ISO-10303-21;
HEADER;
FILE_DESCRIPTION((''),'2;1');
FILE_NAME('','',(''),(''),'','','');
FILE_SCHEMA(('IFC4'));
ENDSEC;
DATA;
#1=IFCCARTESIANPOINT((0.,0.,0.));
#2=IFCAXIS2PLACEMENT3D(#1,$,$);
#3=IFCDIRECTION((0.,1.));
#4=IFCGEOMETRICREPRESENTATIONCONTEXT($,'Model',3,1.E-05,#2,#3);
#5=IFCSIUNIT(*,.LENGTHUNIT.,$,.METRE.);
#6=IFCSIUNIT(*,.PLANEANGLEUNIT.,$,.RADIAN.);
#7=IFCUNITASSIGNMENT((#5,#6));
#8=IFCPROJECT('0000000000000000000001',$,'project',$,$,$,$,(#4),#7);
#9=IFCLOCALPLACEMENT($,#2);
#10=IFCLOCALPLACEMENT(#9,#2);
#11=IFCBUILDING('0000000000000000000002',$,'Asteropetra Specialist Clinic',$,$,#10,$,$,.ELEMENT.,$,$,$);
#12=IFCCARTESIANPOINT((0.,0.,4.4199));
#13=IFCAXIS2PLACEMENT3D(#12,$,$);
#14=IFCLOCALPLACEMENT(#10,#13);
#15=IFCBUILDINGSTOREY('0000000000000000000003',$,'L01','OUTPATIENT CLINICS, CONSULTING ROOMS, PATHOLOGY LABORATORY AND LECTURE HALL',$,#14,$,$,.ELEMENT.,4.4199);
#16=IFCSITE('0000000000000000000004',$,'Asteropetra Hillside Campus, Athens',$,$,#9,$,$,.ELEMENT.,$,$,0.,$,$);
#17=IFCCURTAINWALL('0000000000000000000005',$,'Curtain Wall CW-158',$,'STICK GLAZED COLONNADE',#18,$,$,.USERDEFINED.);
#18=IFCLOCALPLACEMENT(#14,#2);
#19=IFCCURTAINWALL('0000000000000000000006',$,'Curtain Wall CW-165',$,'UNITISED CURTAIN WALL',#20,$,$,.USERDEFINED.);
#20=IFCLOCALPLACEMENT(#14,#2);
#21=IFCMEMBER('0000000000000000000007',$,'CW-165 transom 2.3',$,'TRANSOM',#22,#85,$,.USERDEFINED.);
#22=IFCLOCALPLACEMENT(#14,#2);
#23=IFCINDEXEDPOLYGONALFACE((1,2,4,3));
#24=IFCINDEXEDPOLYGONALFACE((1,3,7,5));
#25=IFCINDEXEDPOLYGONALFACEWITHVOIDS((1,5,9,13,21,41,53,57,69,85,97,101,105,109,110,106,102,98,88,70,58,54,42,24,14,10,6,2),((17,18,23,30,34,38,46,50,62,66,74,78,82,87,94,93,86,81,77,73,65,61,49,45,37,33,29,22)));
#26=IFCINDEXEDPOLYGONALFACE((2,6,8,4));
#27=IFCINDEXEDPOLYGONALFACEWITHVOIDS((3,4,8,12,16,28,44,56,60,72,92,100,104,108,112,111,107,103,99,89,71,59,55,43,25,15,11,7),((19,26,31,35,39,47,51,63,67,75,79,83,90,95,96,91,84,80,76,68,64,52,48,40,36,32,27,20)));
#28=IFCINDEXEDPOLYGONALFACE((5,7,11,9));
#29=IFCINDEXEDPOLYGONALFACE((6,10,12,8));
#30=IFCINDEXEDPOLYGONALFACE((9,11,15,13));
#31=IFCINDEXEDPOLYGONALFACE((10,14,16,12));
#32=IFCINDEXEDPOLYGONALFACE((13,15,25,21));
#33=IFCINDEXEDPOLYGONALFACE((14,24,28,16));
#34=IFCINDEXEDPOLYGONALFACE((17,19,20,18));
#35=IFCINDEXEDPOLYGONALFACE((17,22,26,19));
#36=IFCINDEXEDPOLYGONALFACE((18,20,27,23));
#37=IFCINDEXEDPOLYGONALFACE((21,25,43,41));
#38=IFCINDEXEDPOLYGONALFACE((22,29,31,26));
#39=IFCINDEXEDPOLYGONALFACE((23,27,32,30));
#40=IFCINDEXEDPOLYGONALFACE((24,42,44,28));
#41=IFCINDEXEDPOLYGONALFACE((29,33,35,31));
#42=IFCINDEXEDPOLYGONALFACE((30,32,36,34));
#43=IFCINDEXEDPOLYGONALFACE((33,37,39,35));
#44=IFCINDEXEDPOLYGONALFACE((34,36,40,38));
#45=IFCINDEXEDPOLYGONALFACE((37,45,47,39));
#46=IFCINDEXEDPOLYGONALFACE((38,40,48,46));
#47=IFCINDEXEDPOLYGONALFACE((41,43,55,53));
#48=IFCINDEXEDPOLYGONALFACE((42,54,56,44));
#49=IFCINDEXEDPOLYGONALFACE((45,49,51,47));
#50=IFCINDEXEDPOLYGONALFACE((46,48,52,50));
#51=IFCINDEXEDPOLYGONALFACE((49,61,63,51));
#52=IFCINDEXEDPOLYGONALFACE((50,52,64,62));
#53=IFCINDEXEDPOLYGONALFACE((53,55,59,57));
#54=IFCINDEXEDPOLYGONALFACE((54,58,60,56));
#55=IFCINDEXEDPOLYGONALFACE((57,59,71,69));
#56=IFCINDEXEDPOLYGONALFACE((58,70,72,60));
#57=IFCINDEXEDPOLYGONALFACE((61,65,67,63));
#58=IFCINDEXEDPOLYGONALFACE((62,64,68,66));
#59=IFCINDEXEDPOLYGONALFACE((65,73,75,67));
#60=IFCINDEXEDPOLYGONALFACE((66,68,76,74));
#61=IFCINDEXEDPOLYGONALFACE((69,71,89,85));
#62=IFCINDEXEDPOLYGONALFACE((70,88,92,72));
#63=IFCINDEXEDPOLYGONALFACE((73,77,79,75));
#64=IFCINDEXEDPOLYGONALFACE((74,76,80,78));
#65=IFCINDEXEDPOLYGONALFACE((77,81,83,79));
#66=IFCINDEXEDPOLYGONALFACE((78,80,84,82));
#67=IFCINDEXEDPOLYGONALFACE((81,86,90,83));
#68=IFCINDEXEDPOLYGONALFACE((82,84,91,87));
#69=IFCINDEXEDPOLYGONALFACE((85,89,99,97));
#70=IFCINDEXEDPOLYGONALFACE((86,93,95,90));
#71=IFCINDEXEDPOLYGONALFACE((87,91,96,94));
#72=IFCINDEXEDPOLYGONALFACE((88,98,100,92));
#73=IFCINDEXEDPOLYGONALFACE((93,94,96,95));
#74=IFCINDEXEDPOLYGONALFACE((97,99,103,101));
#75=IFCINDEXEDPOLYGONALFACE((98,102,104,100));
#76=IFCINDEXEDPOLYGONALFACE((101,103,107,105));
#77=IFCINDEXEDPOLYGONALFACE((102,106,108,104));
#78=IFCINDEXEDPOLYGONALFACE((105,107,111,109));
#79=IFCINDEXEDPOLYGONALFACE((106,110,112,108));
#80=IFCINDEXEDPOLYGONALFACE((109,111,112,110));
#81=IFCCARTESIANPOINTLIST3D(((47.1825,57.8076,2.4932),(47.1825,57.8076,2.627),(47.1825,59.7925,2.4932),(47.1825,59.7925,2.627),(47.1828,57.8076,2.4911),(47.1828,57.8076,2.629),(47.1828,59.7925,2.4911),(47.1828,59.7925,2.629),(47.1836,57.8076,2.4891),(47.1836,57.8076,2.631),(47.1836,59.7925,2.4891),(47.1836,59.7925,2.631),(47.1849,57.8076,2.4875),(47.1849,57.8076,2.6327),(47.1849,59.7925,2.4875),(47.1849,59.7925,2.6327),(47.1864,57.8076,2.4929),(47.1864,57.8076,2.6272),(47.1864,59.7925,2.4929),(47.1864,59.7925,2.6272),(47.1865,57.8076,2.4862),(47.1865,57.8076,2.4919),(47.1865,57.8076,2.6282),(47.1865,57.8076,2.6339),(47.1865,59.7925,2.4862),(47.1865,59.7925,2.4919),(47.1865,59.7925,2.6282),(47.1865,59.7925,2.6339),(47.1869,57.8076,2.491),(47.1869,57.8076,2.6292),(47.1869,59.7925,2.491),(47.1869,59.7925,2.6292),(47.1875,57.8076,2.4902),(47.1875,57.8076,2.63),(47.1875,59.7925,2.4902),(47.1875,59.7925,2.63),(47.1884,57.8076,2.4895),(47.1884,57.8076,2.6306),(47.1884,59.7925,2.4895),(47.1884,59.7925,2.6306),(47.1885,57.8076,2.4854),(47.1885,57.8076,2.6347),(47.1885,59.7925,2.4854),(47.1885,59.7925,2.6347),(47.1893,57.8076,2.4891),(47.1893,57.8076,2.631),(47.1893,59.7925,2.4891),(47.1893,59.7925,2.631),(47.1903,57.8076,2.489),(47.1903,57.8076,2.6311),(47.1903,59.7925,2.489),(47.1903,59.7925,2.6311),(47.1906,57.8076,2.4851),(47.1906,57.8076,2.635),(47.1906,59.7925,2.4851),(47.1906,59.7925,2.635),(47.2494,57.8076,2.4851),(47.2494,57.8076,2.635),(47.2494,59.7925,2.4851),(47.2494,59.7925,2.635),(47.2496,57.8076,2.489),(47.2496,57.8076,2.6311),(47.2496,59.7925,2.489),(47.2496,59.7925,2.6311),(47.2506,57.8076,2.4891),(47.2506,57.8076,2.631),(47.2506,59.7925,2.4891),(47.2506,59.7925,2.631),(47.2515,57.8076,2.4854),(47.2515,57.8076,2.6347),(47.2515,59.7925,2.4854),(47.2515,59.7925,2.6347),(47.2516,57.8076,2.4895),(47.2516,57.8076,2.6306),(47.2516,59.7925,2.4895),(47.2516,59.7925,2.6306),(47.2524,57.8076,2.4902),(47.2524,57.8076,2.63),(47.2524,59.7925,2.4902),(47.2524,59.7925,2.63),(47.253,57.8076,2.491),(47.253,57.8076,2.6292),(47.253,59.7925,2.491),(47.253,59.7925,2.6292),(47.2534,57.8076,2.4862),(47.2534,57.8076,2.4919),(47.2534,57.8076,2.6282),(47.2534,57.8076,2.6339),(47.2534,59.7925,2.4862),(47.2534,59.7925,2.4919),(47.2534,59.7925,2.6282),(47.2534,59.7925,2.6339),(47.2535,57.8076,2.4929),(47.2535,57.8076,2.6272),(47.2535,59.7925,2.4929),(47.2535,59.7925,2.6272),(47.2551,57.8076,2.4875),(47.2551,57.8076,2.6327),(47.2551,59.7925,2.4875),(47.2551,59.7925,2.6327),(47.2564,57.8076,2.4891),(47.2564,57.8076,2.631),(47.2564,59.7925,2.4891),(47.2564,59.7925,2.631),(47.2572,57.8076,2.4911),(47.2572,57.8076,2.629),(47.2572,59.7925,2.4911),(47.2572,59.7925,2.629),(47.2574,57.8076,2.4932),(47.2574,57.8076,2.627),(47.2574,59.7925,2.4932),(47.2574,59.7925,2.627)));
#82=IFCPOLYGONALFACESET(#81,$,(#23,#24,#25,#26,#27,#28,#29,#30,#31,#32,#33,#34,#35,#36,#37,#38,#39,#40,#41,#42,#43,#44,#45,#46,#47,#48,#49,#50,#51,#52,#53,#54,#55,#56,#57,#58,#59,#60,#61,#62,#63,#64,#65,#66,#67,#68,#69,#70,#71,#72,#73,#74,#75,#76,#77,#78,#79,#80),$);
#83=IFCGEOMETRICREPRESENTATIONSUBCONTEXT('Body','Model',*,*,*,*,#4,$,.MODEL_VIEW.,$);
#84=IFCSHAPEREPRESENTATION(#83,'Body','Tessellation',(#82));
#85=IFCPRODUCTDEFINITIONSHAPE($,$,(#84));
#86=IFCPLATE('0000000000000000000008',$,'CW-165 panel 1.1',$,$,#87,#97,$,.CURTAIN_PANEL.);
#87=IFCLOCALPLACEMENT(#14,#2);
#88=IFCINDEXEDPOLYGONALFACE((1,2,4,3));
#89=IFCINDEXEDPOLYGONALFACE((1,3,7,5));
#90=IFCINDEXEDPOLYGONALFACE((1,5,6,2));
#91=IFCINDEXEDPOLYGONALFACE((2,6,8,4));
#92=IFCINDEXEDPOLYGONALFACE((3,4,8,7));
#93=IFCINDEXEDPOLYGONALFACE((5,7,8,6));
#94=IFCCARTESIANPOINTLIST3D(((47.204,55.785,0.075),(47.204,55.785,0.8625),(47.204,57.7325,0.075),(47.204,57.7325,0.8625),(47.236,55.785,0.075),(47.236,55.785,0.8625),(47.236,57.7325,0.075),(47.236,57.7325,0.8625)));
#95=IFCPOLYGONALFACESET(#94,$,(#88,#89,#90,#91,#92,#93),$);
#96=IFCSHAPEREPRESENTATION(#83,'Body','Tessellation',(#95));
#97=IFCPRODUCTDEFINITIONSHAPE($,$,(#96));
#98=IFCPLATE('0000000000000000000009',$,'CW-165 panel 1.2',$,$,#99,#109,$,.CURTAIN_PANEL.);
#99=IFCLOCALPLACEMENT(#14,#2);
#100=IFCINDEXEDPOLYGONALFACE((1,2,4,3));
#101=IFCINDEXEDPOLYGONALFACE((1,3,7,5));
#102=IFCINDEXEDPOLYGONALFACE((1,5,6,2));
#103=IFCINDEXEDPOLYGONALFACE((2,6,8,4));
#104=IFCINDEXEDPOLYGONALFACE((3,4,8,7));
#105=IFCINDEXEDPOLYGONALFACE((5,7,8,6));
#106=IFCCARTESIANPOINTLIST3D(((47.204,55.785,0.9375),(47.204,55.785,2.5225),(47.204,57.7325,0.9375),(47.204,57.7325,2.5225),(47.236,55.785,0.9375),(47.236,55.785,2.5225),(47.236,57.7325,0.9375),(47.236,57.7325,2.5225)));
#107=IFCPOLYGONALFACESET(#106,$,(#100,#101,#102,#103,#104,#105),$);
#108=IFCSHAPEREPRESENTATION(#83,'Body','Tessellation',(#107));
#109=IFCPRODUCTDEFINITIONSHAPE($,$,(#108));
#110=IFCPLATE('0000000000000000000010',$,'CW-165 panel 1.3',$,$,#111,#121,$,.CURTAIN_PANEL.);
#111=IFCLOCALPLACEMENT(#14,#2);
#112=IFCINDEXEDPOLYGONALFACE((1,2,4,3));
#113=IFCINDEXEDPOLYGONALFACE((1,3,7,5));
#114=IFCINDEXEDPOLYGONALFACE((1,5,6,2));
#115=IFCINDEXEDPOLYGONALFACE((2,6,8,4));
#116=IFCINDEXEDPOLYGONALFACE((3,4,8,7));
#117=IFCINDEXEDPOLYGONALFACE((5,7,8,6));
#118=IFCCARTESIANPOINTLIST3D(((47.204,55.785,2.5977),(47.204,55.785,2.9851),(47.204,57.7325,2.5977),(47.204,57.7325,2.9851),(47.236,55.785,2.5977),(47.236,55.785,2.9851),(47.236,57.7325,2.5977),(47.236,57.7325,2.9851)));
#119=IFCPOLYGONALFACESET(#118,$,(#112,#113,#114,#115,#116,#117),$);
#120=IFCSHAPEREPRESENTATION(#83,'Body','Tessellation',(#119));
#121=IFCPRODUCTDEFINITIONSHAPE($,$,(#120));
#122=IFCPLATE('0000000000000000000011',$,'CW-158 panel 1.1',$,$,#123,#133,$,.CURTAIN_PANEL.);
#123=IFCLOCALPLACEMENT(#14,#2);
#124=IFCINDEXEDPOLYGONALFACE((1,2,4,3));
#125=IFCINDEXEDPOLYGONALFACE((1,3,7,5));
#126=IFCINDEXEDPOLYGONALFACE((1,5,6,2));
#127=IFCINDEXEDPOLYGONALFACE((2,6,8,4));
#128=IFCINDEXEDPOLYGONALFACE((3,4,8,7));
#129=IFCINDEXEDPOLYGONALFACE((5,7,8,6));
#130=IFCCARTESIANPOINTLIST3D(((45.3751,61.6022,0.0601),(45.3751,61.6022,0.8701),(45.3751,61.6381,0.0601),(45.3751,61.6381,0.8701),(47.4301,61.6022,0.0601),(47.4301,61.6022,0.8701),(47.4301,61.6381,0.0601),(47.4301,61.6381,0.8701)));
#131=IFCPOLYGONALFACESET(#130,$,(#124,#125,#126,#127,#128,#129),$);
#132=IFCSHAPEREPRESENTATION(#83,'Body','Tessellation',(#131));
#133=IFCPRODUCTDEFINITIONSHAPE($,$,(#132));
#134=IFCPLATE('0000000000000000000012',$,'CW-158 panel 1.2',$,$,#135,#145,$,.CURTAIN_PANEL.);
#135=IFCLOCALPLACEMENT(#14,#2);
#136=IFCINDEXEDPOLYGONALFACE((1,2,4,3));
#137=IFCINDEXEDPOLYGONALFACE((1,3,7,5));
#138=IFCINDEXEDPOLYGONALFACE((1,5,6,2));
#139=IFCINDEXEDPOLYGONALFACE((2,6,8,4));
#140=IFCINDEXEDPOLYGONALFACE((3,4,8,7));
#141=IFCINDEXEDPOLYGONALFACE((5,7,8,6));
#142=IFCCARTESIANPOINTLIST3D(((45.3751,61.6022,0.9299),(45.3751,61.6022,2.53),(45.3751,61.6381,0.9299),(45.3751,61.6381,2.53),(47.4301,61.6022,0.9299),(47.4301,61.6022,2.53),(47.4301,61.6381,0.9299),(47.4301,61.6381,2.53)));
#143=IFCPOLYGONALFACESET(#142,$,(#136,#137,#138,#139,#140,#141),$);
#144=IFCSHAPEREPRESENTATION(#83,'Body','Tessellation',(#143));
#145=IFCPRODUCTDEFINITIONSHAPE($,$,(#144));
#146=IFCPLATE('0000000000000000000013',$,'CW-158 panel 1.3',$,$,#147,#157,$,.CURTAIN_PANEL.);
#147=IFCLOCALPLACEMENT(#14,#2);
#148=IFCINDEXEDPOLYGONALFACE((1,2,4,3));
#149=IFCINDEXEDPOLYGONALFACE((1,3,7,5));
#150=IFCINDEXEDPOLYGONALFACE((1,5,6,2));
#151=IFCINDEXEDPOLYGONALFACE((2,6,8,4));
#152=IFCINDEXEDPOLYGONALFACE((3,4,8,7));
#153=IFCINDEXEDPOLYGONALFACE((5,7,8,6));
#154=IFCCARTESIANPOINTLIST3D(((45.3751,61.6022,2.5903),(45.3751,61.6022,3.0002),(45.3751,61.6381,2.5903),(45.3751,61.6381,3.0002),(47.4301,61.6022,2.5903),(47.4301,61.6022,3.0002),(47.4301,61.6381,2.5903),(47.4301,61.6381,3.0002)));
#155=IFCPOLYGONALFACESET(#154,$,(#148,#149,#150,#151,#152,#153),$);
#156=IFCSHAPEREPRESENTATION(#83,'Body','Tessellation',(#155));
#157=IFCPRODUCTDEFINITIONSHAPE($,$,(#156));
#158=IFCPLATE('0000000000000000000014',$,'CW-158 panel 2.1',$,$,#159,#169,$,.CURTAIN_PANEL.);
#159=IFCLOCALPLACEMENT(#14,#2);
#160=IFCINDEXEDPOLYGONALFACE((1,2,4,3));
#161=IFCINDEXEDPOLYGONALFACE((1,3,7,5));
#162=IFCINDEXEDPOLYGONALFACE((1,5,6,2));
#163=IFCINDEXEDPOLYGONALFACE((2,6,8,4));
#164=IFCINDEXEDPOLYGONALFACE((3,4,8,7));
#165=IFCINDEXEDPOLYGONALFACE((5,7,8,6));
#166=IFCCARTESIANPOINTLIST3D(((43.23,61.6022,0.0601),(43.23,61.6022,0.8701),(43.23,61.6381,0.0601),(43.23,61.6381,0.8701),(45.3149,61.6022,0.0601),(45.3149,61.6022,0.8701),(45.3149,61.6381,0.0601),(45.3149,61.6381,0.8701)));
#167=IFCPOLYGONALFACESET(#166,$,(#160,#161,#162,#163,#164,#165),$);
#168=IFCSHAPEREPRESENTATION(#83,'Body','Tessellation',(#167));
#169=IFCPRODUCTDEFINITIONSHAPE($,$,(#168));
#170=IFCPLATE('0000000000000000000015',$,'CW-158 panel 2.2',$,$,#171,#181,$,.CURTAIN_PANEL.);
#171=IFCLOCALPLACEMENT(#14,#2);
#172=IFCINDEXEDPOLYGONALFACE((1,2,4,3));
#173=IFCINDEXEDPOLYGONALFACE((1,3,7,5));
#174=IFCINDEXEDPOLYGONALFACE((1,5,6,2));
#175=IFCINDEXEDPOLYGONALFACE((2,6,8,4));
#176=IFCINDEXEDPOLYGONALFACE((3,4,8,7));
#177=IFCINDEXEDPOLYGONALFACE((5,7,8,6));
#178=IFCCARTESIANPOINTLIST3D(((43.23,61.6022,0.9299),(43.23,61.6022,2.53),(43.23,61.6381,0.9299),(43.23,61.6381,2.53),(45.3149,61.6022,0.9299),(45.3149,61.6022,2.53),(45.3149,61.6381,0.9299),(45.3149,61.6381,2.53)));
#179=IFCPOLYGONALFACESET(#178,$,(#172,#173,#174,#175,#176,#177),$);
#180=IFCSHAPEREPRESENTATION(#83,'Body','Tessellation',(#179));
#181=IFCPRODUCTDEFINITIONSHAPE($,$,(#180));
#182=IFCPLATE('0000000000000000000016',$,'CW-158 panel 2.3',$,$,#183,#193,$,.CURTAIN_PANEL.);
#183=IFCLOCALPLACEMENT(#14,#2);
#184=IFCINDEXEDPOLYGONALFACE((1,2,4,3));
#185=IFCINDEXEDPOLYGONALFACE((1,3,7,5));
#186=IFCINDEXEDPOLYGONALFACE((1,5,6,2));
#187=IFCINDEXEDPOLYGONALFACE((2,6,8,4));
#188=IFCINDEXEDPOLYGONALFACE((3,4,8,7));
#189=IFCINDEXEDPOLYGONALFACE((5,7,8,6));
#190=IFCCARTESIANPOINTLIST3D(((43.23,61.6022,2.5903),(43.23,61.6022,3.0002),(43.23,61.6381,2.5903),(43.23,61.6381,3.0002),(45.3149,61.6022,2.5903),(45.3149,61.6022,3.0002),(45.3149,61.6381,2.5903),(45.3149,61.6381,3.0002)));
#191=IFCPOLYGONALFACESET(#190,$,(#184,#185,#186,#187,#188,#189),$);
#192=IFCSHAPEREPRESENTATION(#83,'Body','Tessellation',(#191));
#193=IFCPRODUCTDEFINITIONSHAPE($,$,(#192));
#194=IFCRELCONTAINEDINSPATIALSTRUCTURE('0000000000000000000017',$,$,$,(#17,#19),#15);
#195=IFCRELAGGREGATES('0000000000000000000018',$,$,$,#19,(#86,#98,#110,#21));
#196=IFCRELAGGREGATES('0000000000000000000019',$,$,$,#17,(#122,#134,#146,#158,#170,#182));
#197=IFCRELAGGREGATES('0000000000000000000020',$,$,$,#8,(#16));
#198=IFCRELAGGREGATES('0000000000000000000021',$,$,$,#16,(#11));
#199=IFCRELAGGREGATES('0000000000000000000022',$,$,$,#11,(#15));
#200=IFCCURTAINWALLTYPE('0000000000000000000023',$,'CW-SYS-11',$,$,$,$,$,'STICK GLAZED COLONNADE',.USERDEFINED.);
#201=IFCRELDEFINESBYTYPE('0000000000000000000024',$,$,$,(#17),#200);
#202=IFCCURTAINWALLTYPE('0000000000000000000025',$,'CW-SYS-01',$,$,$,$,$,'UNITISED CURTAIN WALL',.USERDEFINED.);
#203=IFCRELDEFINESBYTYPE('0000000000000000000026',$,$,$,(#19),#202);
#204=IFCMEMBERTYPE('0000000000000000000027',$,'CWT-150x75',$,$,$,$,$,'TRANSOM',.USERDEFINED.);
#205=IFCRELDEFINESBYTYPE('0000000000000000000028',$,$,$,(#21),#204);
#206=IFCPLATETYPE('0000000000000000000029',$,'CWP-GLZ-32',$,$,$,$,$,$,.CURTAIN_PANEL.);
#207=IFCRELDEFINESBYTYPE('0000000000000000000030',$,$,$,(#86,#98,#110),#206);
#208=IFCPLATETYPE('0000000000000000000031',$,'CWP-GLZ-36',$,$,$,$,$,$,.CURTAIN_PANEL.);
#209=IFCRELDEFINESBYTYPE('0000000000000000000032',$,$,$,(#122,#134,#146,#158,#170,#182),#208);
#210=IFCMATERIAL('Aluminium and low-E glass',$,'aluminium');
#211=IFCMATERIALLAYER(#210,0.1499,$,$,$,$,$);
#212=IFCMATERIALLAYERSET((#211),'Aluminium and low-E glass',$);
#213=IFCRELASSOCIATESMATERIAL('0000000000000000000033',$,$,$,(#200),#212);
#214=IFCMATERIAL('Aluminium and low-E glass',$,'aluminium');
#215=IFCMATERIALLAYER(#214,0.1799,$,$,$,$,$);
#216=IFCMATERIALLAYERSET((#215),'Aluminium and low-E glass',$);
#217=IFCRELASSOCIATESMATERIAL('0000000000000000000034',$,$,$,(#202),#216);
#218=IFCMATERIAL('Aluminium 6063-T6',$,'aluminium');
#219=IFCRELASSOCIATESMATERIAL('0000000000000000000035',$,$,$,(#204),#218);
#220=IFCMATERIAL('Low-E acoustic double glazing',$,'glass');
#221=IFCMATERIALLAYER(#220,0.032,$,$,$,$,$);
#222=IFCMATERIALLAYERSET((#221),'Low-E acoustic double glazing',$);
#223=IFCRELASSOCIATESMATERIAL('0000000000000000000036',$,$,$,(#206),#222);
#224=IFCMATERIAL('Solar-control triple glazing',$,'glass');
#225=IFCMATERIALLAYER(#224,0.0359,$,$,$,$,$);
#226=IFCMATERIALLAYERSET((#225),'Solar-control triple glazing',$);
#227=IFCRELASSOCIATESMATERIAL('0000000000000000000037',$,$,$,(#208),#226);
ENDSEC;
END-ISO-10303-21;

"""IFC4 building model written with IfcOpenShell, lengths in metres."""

from ifc_helpers import new_model, si_unit, direction, frame, origin, origin_2d, place, context, subcontext, project, spatial, rectangle, hollow_rectangle, extrude, material, layer, layer_set, material_profile, profile_set, type_object, element, aggregate, save


model = new_model("IFC4")

# Units and contexts
model_context = context("Model", 3, precision=1e-05, world=origin(), true_north=direction((0.0, 1.0)))
body_context = subcontext(model_context, "Body", "Model", "MODEL_VIEW")
ifc_project = project(units=[si_unit("LENGTHUNIT", "METRE"), si_unit("PLANEANGLEUNIT", "RADIAN")], contexts=[model_context])

# Site, building, storey
site_placement = place(None, origin())
site = spatial("IfcSite", under=ifc_project, at=site_placement, Name="Asteropetra Hillside Campus, Athens", CompositionType="ELEMENT", RefElevation=0.0)
building_placement = place(site_placement, origin())
building = spatial("IfcBuilding", under=site, at=building_placement, Name="Asteropetra Specialist Clinic", CompositionType="ELEMENT")
storey_placement = place(building_placement, frame((0.0, 0.0, 4.4199)))
storey = spatial("IfcBuildingStorey", under=building, at=storey_placement, Name="L01", Description="OUTPATIENT CLINICS, CONSULTING ROOMS, PATHOLOGY LABORATORY AND LECTURE HALL", CompositionType="ELEMENT", Elevation=4.4199)

# Curtain walls
ifc_material_1 = material(Name="Aluminium and low-E glass", Category="aluminium")
ifc_layer_1 = layer(ifc_material_1, 0.1499)
ifc_layer_set_1 = layer_set([ifc_layer_1], Name="Aluminium and low-E glass")
curtain_wall_type_1 = type_object("IfcCurtainWallType", Name="CW-SYS-11", ElementType="STICK GLAZED COLONNADE", PredefinedType="USERDEFINED", material=ifc_layer_set_1)
curtain_wall_1_placement = place(storey_placement, origin())
curtain_wall_1 = element("IfcCurtainWall", 1, at=curtain_wall_1_placement, inside=storey, type_object=curtain_wall_type_1, Name="Curtain Wall CW-158", ObjectType="STICK GLAZED COLONNADE", PredefinedType="USERDEFINED")
ifc_material_2 = material(Name="Aluminium and low-E glass", Category="aluminium")
ifc_layer_2 = layer(ifc_material_2, 0.1799)
ifc_layer_set_2 = layer_set([ifc_layer_2], Name="Aluminium and low-E glass")
curtain_wall_type_2 = type_object("IfcCurtainWallType", Name="CW-SYS-01", ElementType="UNITISED CURTAIN WALL", PredefinedType="USERDEFINED", material=ifc_layer_set_2)
curtain_wall_2_placement = place(storey_placement, origin())
curtain_wall_2 = element("IfcCurtainWall", 2, at=curtain_wall_2_placement, inside=storey, type_object=curtain_wall_type_2, Name="Curtain Wall CW-165", ObjectType="UNITISED CURTAIN WALL", PredefinedType="USERDEFINED")

# Member
ifc_material_3 = material(Name="Aluminium 6063-T6", Category="aluminium")
ifc_material_profile_1 = material_profile(ifc_material_3, hollow_rectangle(XDim=0.075, YDim=0.1499, WallThickness=0.0039, InnerFilletRadius=0.0039, OuterFilletRadius=0.0081, at=origin_2d()), Name="TRN 150x75x4.0")
ifc_profile_set_1 = profile_set([ifc_material_profile_1], Name="Aluminium 6063-T6")
member_type_1 = type_object("IfcMemberType", Name="CWT-150x75", ElementType="TRANSOM", PredefinedType="USERDEFINED", material=ifc_profile_set_1)
member_1_placement = place(storey_placement, frame((47.22, 57.8076, 2.5601), z_axis=(0.0, 1.0, 0.0), x_axis=(-1.0, 0.0, 0.0)))
member_1 = element("IfcMember", 3, at=member_1_placement, type_object=member_type_1, Name="CW-165 transom 2.3", ObjectType="TRANSOM", PredefinedType="USERDEFINED", context=body_context, shape_type="SweptSolid", body=[
    extrude(hollow_rectangle(XDim=0.075, YDim=0.1499, WallThickness=0.0039, InnerFilletRadius=0.0039, OuterFilletRadius=0.0081, at=origin_2d()), origin(), (0.0, 0.0, 1.0), 1.9849),
])

# Plates
ifc_material_4 = material(Name="Low-E acoustic double glazing", Category="glass")
ifc_layer_3 = layer(ifc_material_4, 0.032)
ifc_layer_set_3 = layer_set([ifc_layer_3], Name="Low-E acoustic double glazing")
plate_type_1 = type_object("IfcPlateType", Name="CWP-GLZ-32", PredefinedType="CURTAIN_PANEL", material=ifc_layer_set_3)
plate_1_placement = place(storey_placement, frame((47.22, 56.7588, 0.075), z_axis=(0.0, 0.0, 1.0), x_axis=(0.0, 1.0, 0.0)))
plate_1 = element("IfcPlate", 4, at=plate_1_placement, type_object=plate_type_1, Name="CW-165 panel 1.1", PredefinedType="CURTAIN_PANEL", context=body_context, shape_type="SweptSolid", body=[
    extrude(rectangle(XDim=1.9475, YDim=0.032, at=origin_2d()), origin(), (0.0, 0.0, 1.0), 0.7876),
])
plate_2_placement = place(storey_placement, frame((47.22, 56.7588, 0.9375), z_axis=(0.0, 0.0, 1.0), x_axis=(0.0, 1.0, 0.0)))
plate_2 = element("IfcPlate", 5, at=plate_2_placement, type_object=plate_type_1, Name="CW-165 panel 1.2", PredefinedType="CURTAIN_PANEL", context=body_context, shape_type="SweptSolid", body=[
    extrude(rectangle(XDim=1.9475, YDim=0.032, at=origin_2d()), origin(), (0.0, 0.0, 1.0), 1.585),
])
plate_3_placement = place(storey_placement, frame((47.22, 56.7588, 2.5977), z_axis=(0.0, 0.0, 1.0), x_axis=(0.0, 1.0, 0.0)))
plate_3 = element("IfcPlate", 6, at=plate_3_placement, type_object=plate_type_1, Name="CW-165 panel 1.3", PredefinedType="CURTAIN_PANEL", context=body_context, shape_type="SweptSolid", body=[
    extrude(rectangle(XDim=1.9475, YDim=0.032, at=origin_2d()), origin(), (0.0, 0.0, 1.0), 0.3875),
])
aggregate(curtain_wall_2, [plate_1, plate_2, plate_3, member_1])
ifc_material_5 = material(Name="Solar-control triple glazing", Category="glass")
ifc_layer_4 = layer(ifc_material_5, 0.0359)
ifc_layer_set_4 = layer_set([ifc_layer_4], Name="Solar-control triple glazing")
plate_type_2 = type_object("IfcPlateType", Name="CWP-GLZ-36", PredefinedType="CURTAIN_PANEL", material=ifc_layer_set_4)
plate_4_placement = place(storey_placement, frame((46.4026, 61.6201, 0.0601), z_axis=(0.0, 0.0, 1.0), x_axis=(-1.0, 0.0, 0.0)))
plate_4 = element("IfcPlate", 7, at=plate_4_placement, type_object=plate_type_2, Name="CW-158 panel 1.1", PredefinedType="CURTAIN_PANEL", context=body_context, shape_type="SweptSolid", body=[
    extrude(rectangle(XDim=2.0549, YDim=0.0359, at=origin_2d()), origin(), (0.0, 0.0, 1.0), 0.8101),
])
plate_5_placement = place(storey_placement, frame((46.4026, 61.6201, 0.9299), z_axis=(0.0, 0.0, 1.0), x_axis=(-1.0, 0.0, 0.0)))
plate_5 = element("IfcPlate", 8, at=plate_5_placement, type_object=plate_type_2, Name="CW-158 panel 1.2", PredefinedType="CURTAIN_PANEL", context=body_context, shape_type="SweptSolid", body=[
    extrude(rectangle(XDim=2.0549, YDim=0.0359, at=origin_2d()), origin(), (0.0, 0.0, 1.0), 1.6001),
])
plate_6_placement = place(storey_placement, frame((46.4026, 61.6201, 2.5903), z_axis=(0.0, 0.0, 1.0), x_axis=(-1.0, 0.0, 0.0)))
plate_6 = element("IfcPlate", 9, at=plate_6_placement, type_object=plate_type_2, Name="CW-158 panel 1.3", PredefinedType="CURTAIN_PANEL", context=body_context, shape_type="SweptSolid", body=[
    extrude(rectangle(XDim=2.0549, YDim=0.0359, at=origin_2d()), origin(), (0.0, 0.0, 1.0), 0.4099),
])
plate_7_placement = place(storey_placement, frame((44.2725, 61.6201, 0.0601), z_axis=(0.0, 0.0, 1.0), x_axis=(-1.0, 0.0, 0.0)))
plate_7 = element("IfcPlate", 10, at=plate_7_placement, type_object=plate_type_2, Name="CW-158 panel 2.1", PredefinedType="CURTAIN_PANEL", context=body_context, shape_type="SweptSolid", body=[
    extrude(rectangle(XDim=2.085, YDim=0.0359, at=origin_2d()), origin(), (0.0, 0.0, 1.0), 0.8101),
])
plate_8_placement = place(storey_placement, frame((44.2725, 61.6201, 0.9299), z_axis=(0.0, 0.0, 1.0), x_axis=(-1.0, 0.0, 0.0)))
plate_8 = element("IfcPlate", 11, at=plate_8_placement, type_object=plate_type_2, Name="CW-158 panel 2.2", PredefinedType="CURTAIN_PANEL", context=body_context, shape_type="SweptSolid", body=[
    extrude(rectangle(XDim=2.085, YDim=0.0359, at=origin_2d()), origin(), (0.0, 0.0, 1.0), 1.6001),
])
plate_9_placement = place(storey_placement, frame((44.2725, 61.6201, 2.5903), z_axis=(0.0, 0.0, 1.0), x_axis=(-1.0, 0.0, 0.0)))
plate_9 = element("IfcPlate", 12, at=plate_9_placement, type_object=plate_type_2, Name="CW-158 panel 2.3", PredefinedType="CURTAIN_PANEL", context=body_context, shape_type="SweptSolid", body=[
    extrude(rectangle(XDim=2.085, YDim=0.0359, at=origin_2d()), origin(), (0.0, 0.0, 1.0), 0.4099),
])
aggregate(curtain_wall_1, [plate_4, plate_5, plate_6, plate_7, plate_8, plate_9])

save(model, "model.ifc")
